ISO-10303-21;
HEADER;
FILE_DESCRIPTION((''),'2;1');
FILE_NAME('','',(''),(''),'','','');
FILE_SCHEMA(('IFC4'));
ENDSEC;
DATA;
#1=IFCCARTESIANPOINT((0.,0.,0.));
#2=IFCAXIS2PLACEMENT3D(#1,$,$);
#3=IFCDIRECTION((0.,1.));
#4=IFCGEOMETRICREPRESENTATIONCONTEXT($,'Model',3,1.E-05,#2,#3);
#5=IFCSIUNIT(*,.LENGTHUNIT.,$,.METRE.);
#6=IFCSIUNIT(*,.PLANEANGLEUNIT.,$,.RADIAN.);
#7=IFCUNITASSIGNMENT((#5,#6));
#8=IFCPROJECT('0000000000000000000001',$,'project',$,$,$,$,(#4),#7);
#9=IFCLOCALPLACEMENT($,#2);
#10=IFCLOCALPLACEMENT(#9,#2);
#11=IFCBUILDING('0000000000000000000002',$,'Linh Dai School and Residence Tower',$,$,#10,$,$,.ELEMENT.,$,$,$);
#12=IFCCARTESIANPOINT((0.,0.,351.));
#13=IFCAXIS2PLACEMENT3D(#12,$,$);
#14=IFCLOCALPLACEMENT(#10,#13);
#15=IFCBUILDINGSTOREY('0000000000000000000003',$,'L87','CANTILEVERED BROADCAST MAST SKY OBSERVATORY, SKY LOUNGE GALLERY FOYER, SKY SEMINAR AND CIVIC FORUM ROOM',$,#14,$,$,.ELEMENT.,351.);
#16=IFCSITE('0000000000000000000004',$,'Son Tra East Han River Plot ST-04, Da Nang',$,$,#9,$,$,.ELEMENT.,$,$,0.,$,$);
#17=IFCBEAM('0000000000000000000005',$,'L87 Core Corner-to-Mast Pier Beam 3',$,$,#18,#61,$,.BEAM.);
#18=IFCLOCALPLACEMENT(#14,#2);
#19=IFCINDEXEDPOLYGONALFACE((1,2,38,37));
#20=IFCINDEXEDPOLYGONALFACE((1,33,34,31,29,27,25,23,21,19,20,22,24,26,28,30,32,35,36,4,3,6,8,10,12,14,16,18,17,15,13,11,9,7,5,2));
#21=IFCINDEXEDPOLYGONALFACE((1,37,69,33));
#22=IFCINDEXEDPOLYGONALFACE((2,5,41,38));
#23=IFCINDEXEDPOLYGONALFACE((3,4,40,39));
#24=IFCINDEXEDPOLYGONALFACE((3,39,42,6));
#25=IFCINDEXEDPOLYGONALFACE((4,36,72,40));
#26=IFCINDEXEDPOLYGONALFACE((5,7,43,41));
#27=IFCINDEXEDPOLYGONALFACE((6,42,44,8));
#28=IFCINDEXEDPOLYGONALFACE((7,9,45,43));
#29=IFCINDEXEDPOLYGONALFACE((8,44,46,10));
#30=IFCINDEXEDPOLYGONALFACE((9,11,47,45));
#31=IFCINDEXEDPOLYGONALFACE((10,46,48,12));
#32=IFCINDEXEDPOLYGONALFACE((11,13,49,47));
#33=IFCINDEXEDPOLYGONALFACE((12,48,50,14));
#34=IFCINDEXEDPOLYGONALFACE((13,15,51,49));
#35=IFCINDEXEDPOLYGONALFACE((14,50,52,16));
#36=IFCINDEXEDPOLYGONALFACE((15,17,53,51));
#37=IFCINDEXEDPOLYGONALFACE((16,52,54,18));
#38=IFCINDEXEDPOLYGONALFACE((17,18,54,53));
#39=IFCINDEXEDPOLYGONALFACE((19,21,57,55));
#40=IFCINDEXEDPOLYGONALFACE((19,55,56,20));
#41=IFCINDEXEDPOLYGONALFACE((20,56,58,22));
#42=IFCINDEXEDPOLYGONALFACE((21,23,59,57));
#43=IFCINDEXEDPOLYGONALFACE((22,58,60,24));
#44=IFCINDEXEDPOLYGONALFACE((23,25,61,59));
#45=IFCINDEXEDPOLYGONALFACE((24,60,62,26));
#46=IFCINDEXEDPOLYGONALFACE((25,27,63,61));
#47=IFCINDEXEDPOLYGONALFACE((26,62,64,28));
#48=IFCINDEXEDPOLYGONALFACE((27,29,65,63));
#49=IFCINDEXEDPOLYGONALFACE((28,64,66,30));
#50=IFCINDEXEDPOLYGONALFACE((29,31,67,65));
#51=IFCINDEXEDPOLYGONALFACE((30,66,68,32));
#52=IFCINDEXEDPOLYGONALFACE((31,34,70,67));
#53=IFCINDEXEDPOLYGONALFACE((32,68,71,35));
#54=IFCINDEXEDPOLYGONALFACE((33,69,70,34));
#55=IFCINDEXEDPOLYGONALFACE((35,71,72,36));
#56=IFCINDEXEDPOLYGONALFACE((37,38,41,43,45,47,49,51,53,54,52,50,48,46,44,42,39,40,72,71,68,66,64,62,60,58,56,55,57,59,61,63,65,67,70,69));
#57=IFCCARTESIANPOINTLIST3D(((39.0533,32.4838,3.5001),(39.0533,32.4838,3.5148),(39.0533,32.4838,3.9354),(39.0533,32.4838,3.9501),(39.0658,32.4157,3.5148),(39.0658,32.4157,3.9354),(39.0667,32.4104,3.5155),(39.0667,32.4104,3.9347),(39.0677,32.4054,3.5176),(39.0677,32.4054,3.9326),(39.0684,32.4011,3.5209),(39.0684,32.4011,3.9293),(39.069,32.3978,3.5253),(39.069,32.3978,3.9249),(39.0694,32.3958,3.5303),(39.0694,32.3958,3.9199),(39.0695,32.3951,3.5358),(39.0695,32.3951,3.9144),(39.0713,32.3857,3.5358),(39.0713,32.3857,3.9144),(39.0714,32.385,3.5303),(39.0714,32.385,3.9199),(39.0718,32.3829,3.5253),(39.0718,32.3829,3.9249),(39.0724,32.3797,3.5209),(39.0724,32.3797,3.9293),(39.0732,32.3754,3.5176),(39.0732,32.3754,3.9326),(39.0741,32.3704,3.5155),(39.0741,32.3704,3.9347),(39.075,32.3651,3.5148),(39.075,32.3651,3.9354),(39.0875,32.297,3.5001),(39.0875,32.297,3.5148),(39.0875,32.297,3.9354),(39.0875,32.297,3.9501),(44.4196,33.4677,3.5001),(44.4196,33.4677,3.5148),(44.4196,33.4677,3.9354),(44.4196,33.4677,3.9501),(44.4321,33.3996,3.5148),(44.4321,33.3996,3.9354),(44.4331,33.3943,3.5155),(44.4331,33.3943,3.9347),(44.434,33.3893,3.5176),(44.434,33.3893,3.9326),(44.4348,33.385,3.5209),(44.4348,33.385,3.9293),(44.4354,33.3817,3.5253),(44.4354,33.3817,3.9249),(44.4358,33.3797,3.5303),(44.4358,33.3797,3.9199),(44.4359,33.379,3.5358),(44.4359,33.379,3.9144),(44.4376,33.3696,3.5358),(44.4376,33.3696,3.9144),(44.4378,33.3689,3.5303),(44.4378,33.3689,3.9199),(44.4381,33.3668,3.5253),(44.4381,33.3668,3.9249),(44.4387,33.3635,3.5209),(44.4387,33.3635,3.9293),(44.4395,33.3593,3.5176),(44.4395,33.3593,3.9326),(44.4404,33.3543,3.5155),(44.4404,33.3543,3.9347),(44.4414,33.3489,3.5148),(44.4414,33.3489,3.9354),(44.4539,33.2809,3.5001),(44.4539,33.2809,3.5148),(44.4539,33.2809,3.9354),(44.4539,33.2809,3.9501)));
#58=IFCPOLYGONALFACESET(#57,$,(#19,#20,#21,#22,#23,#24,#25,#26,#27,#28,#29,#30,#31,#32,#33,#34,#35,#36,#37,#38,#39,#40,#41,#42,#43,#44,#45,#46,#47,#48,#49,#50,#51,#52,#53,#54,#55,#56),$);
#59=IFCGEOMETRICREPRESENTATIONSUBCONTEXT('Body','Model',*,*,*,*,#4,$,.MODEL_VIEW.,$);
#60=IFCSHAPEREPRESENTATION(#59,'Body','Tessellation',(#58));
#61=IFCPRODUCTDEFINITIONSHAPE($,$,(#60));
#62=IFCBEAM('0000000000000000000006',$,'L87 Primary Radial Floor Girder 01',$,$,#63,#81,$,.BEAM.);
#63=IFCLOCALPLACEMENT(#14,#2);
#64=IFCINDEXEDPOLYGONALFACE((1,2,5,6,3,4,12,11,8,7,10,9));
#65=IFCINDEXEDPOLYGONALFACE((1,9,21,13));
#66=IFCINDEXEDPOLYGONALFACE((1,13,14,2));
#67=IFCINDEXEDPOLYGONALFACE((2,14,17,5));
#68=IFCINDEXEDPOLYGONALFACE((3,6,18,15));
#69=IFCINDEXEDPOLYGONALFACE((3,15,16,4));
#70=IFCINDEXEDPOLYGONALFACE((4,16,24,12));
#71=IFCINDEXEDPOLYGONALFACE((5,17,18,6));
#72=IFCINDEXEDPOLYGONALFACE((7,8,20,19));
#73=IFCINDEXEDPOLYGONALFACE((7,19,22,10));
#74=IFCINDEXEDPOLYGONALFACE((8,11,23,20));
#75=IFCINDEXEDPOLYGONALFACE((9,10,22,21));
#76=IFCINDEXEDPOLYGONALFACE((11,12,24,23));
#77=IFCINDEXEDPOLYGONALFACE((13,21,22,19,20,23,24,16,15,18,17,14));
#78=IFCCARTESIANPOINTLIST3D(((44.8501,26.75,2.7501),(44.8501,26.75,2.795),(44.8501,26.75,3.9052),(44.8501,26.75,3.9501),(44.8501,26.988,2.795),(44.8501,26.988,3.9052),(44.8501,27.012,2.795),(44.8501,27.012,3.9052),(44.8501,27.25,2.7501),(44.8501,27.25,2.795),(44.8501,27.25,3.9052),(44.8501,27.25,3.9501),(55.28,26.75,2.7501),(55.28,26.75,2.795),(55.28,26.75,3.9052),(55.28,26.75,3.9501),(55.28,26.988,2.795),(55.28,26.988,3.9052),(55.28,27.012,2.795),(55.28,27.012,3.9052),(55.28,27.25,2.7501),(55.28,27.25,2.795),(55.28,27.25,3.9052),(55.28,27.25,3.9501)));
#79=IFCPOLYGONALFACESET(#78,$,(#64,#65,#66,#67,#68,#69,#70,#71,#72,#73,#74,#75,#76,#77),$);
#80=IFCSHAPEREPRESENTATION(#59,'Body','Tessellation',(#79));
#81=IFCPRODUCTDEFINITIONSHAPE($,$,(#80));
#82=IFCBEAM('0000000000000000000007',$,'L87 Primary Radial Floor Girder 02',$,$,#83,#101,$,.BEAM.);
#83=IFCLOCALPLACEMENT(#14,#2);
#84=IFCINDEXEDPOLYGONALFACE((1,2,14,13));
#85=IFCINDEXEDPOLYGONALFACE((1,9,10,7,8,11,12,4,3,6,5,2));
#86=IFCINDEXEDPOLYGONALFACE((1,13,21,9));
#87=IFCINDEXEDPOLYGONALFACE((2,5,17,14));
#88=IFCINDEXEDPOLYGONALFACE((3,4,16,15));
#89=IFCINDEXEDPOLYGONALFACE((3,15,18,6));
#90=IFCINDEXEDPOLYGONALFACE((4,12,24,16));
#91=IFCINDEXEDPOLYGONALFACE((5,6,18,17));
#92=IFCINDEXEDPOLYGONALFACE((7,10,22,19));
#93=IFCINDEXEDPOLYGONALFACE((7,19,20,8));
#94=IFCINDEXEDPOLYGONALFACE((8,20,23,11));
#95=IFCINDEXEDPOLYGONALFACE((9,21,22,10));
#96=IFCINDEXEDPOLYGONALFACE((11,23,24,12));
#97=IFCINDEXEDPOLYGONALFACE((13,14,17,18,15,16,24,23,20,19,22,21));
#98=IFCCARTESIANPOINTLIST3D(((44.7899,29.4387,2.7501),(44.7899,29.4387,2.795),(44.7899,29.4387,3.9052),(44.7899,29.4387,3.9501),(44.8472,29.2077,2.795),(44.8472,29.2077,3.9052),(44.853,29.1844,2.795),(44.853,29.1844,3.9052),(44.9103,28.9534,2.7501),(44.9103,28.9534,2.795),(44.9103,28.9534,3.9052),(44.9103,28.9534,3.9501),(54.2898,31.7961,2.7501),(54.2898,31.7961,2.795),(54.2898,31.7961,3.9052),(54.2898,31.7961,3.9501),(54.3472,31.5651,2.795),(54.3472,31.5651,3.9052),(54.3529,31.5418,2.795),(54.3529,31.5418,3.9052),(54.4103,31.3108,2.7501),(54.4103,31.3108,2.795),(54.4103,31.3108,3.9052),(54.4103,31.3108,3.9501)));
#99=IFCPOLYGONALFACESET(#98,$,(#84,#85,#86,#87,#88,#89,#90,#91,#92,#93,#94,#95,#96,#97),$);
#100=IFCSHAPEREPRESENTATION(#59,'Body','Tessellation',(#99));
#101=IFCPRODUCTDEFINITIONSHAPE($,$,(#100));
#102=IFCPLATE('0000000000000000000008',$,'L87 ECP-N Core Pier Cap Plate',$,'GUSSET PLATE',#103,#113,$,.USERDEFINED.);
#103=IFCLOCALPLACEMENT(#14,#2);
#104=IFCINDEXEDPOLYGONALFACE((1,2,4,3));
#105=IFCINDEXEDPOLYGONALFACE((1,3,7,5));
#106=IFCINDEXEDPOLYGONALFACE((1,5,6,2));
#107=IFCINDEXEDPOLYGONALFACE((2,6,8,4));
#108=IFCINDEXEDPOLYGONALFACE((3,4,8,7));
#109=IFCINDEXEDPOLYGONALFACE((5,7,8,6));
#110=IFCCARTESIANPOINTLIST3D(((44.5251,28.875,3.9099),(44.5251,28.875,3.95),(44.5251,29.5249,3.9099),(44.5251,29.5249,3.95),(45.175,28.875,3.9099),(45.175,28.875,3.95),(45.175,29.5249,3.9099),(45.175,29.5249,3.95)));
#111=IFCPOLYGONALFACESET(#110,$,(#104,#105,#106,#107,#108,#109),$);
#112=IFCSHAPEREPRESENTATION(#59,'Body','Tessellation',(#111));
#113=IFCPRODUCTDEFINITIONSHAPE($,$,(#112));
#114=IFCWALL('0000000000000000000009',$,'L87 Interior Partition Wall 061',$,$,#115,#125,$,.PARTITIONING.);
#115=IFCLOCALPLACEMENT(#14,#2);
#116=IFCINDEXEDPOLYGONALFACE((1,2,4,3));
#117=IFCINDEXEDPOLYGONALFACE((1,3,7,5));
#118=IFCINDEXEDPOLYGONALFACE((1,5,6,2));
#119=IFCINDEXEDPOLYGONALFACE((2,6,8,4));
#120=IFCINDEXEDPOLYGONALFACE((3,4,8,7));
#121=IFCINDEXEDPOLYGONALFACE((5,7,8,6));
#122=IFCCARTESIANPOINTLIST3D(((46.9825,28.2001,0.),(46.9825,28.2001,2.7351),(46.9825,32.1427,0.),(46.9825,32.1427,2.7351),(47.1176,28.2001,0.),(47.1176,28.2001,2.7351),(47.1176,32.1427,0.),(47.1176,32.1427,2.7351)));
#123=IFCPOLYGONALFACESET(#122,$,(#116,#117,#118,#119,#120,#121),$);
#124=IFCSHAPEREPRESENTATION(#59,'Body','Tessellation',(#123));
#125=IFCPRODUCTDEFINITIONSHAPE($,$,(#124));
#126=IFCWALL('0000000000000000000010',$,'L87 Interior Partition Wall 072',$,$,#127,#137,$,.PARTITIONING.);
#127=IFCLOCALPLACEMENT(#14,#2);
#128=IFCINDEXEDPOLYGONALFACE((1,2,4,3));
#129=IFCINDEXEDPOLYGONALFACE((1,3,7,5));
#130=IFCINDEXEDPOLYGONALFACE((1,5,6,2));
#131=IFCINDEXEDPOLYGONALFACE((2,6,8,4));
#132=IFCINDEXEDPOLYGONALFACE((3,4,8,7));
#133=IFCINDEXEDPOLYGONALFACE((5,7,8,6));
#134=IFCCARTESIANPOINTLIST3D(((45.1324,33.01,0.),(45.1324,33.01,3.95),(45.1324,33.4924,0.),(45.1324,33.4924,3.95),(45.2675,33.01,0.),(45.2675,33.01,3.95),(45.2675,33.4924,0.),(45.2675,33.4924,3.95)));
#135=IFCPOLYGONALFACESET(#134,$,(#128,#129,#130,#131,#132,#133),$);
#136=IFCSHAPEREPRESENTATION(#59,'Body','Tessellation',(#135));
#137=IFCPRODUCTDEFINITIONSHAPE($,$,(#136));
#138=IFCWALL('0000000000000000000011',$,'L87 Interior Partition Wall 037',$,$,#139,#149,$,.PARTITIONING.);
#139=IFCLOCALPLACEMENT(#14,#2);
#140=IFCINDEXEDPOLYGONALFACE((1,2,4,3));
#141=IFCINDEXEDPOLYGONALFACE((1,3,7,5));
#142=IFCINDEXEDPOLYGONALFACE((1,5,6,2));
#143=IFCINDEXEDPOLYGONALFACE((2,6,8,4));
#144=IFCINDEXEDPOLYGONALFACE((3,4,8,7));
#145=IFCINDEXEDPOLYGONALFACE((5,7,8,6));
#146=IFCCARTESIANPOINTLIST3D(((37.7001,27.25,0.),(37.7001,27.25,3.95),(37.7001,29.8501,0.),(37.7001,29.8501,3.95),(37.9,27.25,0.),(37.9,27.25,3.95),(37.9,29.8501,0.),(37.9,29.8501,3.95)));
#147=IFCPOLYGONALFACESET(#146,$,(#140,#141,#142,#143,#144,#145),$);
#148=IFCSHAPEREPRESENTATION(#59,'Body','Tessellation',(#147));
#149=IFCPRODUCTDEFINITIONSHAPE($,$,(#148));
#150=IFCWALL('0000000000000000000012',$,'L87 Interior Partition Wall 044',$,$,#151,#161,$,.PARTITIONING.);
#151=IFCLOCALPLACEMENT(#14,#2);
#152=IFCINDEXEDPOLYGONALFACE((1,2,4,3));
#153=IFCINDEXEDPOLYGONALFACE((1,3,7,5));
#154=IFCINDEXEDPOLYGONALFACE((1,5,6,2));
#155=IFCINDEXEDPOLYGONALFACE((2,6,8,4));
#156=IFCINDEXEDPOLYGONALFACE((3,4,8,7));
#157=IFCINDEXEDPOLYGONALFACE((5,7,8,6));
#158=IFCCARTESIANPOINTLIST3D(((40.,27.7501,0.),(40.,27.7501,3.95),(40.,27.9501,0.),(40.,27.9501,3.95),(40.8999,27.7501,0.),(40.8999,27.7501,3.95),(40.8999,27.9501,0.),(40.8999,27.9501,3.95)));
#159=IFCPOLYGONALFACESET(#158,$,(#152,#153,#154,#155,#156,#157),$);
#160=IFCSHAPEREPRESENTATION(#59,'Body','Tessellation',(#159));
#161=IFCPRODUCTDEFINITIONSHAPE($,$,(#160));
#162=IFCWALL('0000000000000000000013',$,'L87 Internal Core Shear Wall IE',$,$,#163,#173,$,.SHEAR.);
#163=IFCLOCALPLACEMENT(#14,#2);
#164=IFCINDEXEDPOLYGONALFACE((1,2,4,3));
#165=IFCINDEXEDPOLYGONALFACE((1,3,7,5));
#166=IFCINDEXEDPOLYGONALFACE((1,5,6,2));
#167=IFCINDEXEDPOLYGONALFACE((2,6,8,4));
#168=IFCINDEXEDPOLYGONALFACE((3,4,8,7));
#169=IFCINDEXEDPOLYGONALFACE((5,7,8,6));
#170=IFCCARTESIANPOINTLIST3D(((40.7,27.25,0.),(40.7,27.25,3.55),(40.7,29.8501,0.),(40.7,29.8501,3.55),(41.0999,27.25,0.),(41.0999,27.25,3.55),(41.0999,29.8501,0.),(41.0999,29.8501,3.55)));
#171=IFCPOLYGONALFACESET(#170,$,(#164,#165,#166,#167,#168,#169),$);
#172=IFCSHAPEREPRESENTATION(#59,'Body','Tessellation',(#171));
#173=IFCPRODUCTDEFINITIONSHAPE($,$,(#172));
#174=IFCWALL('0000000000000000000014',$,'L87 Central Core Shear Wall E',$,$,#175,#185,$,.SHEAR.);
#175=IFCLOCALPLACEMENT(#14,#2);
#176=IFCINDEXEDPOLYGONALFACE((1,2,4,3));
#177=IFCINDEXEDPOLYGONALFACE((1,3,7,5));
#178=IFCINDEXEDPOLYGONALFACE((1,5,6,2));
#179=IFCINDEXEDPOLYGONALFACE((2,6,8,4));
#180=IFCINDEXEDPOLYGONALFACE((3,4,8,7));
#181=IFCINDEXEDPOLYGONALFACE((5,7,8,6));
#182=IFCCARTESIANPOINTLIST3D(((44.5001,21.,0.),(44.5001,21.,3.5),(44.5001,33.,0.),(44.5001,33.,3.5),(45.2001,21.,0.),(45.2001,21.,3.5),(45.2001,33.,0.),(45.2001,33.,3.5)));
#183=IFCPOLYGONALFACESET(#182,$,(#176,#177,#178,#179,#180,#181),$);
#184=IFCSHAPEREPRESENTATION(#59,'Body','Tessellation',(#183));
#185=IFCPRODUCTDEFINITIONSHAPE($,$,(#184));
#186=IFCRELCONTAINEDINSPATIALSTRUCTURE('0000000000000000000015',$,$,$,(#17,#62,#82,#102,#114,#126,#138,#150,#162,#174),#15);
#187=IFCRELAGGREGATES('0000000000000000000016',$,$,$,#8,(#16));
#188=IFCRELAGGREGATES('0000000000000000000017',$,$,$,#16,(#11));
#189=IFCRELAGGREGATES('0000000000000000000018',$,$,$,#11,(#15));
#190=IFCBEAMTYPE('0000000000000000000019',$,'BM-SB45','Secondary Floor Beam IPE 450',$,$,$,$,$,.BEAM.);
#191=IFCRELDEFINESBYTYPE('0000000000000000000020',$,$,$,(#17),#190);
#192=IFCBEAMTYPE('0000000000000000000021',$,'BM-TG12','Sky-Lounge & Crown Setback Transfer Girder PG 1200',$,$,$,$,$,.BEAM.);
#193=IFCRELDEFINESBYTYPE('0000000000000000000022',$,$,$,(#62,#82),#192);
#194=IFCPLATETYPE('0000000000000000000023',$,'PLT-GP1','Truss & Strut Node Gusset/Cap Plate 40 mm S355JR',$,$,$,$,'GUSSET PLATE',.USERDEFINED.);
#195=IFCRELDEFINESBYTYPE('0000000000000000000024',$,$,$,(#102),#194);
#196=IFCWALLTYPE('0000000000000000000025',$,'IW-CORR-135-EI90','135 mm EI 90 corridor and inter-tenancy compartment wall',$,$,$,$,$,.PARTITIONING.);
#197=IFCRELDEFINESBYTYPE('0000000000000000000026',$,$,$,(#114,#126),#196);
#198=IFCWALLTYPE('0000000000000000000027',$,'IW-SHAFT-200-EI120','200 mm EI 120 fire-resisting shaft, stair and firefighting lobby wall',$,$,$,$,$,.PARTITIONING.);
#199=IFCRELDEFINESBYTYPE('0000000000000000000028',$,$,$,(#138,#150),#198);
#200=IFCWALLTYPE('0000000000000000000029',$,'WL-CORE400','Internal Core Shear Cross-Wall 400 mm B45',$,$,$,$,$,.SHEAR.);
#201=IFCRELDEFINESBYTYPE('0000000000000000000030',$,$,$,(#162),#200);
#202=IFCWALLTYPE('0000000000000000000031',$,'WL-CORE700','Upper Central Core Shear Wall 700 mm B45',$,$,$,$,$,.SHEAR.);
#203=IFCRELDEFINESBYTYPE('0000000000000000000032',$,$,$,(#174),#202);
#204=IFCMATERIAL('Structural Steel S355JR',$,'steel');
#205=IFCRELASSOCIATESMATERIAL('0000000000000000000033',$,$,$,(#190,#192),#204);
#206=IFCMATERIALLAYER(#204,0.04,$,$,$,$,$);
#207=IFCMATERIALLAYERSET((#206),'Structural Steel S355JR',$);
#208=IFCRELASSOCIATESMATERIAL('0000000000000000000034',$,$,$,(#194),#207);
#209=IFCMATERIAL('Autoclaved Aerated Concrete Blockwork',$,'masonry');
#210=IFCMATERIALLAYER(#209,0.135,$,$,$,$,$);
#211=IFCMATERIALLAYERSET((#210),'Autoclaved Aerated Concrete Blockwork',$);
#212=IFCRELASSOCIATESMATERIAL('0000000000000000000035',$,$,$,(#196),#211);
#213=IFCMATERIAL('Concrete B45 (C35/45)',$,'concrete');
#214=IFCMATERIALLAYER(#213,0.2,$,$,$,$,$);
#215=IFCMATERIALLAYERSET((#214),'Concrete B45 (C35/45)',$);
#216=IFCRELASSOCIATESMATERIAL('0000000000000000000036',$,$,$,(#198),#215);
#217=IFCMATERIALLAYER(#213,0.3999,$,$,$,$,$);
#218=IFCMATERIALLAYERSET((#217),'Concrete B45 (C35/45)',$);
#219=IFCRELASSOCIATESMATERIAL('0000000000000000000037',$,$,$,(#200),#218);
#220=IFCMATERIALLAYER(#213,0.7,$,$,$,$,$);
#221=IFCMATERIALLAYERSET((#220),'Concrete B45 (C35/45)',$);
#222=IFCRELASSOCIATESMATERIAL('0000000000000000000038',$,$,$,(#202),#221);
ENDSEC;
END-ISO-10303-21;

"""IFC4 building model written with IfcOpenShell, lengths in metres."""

from ifc_helpers import new_model, si_unit, direction, frame, frame_2d, origin, origin_2d, place, context, subcontext, project, spatial, rectangle, i_section, extrude, source, transform, mapped, material, layer, layer_set, material_profile, profile_set, type_object, element, save


model = new_model("IFC4")

# Units and contexts
model_context = context("Model", 3, precision=1e-05, world=origin(), true_north=direction((0.0, 1.0)))
body_context = subcontext(model_context, "Body", "Model", "MODEL_VIEW")
ifc_project = project(units=[si_unit("LENGTHUNIT", "METRE"), si_unit("PLANEANGLEUNIT", "RADIAN")], contexts=[model_context])

# Site, building, storey
site_placement = place(None, origin())
site = spatial("IfcSite", under=ifc_project, at=site_placement, Name="Son Tra East Han River Plot ST-04, Da Nang", CompositionType="ELEMENT", RefElevation=0.0)
building_placement = place(site_placement, origin())
building = spatial("IfcBuilding", under=site, at=building_placement, Name="Linh Dai School and Residence Tower", CompositionType="ELEMENT")
storey_placement = place(building_placement, frame((0.0, 0.0, 351.0)))
storey = spatial("IfcBuildingStorey", under=building, at=storey_placement, Name="L87", Description="CANTILEVERED BROADCAST MAST SKY OBSERVATORY, SKY LOUNGE GALLERY FOYER, SKY SEMINAR AND CIVIC FORUM ROOM", CompositionType="ELEMENT", Elevation=351.0)

# Shared definitions
ifc_material_1 = material(Name="Structural Steel S355JR", Category="steel")

# Beams
ifc_material_profile_1 = material_profile(ifc_material_1, i_section(OverallWidth=0.1899, OverallDepth=0.45, WebThickness=0.0095, FlangeThickness=0.0146, FilletRadius=0.021, at=origin_2d()), Name="IPE 450")
ifc_profile_set_1 = profile_set([ifc_material_profile_1], Name="Structural Steel S355JR")
beam_type_1 = type_object("IfcBeamType", Name="BM-SB45", Description="Secondary Floor Beam IPE 450", PredefinedType="BEAM", material=ifc_profile_set_1)
beam_1_placement = place(storey_placement, frame((44.4368, 33.3743, 3.7251), z_axis=(-0.983605, -0.180334, 0.0), x_axis=(0.180334, -0.983605, 0.0)))
element("IfcBeam", 1, at=beam_1_placement, inside=storey, type_object=beam_type_1, Name="L87 Core Corner-to-Mast Pier Beam 3", PredefinedType="BEAM", context=body_context, shape_type="SweptSolid", body=[
    extrude(i_section(OverallWidth=0.1899, OverallDepth=0.45, WebThickness=0.0095, FlangeThickness=0.0146, FilletRadius=0.021, at=origin_2d()), origin(), (0.0, 0.0, 1.0), 5.4558),
])
ifc_material_profile_2 = material_profile(ifc_material_1, i_section(OverallWidth=0.5, OverallDepth=1.2, WebThickness=0.0239, FlangeThickness=0.0449, at=origin_2d()), Name="PG 1200x500x24x45")
ifc_profile_set_2 = profile_set([ifc_material_profile_2], Name="Structural Steel S355JR")
beam_type_2 = type_object("IfcBeamType", Name="BM-TG12", Description="Sky-Lounge & Crown Setback Transfer Girder PG 1200", PredefinedType="BEAM", material=ifc_profile_set_2)
beam_2_placement = place(storey_placement, frame((44.8501, 27.0, 3.3501), z_axis=(1.0, 0.0, 0.0), x_axis=(0.0, 1.0, 0.0)))
element("IfcBeam", 2, at=beam_2_placement, inside=storey, type_object=beam_type_2, Name="L87 Primary Radial Floor Girder 01", PredefinedType="BEAM", context=body_context, shape_type="SweptSolid", body=[
    extrude(i_section(OverallWidth=0.5, OverallDepth=1.2, WebThickness=0.0239, FlangeThickness=0.0449, at=origin_2d()), origin(), (0.0, 0.0, 1.0), 10.4299),
])
beam_3_placement = place(storey_placement, frame((44.8501, 29.196, 3.3501), z_axis=(0.970564, 0.240845, 0.0), x_axis=(-0.240845, 0.970564, 0.0)))
element("IfcBeam", 3, at=beam_3_placement, inside=storey, type_object=beam_type_2, Name="L87 Primary Radial Floor Girder 02", PredefinedType="BEAM", context=body_context, shape_type="SweptSolid", body=[
    extrude(i_section(OverallWidth=0.5, OverallDepth=1.2, WebThickness=0.0239, FlangeThickness=0.0449, at=origin_2d()), origin(), (0.0, 0.0, 1.0), 9.7881),
])

# Plate
ifc_layer_1 = layer(ifc_material_1, 0.04)
ifc_layer_set_1 = layer_set([ifc_layer_1], Name="Structural Steel S355JR")
plate_type = type_object("IfcPlateType", Name="PLT-GP1", Description="Truss & Strut Node Gusset/Cap Plate 40 mm S355JR", ElementType="GUSSET PLATE", PredefinedType="USERDEFINED", material=ifc_layer_set_1)
shared_shape_1 = source(origin(), body_context, "Body", "SweptSolid", [
    extrude(rectangle(XDim=0.6499, YDim=0.6499, at=origin_2d()), origin(), (0.0, 0.0, 1.0), 0.04),
])
plate_placement = place(storey_placement, frame((44.8501, 29.2, 3.9099), z_axis=(0.0, 0.0, 1.0), x_axis=(1.0, 0.0, 0.0)))
element("IfcPlate", 4, at=plate_placement, inside=storey, type_object=plate_type, Name="L87 ECP-N Core Pier Cap Plate", ObjectType="GUSSET PLATE", PredefinedType="USERDEFINED", context=body_context, shape_type="MappedRepresentation", body=[
    mapped(shared_shape_1, transform((0.0, 0.0, 0.0), x_axis=(1.0, 0.0, 0.0), y_axis=(0.0, 1.0, 0.0), z_axis=(0.0, 0.0, 1.0), scale=1.0)),
])

# Walls
ifc_material_2 = material(Name="Autoclaved Aerated Concrete Blockwork", Category="masonry")
ifc_layer_2 = layer(ifc_material_2, 0.135)
ifc_layer_set_2 = layer_set([ifc_layer_2], Name="Autoclaved Aerated Concrete Blockwork")
wall_type_1 = type_object("IfcWallType", Name="IW-CORR-135-EI90", Description="135 mm EI 90 corridor and inter-tenancy compartment wall", PredefinedType="PARTITIONING", material=ifc_layer_set_2)
wall_1_placement = place(storey_placement, frame((47.05, 32.1426, 0.0), z_axis=(0.0, 0.0, 1.0), x_axis=(0.0, -1.0, 0.0)))
element("IfcWall", 5, at=wall_1_placement, inside=storey, type_object=wall_type_1, Name="L87 Interior Partition Wall 061", PredefinedType="PARTITIONING", context=body_context, shape_type="SweptSolid", body=[
    extrude(rectangle(XDim=3.9426, YDim=0.135, at=frame_2d((1.9712, 0.0))), origin(), (0.0, 0.0, 1.0), 2.7351),
])
wall_2_placement = place(storey_placement, frame((45.2, 33.01, 0.0), z_axis=(0.0, 0.0, 1.0), x_axis=(0.0, 1.0, 0.0)))
element("IfcWall", 6, at=wall_2_placement, inside=storey, type_object=wall_type_1, Name="L87 Interior Partition Wall 072", PredefinedType="PARTITIONING", context=body_context, shape_type="SweptSolid", body=[
    extrude(rectangle(XDim=0.4824, YDim=0.135, at=frame_2d((0.2412, 0.0))), origin(), (0.0, 0.0, 1.0), 3.95),
])
ifc_material_3 = material(Name="Concrete B45 (C35/45)", Category="concrete")
ifc_layer_3 = layer(ifc_material_3, 0.2)
ifc_layer_set_3 = layer_set([ifc_layer_3], Name="Concrete B45 (C35/45)")
wall_type_2 = type_object("IfcWallType", Name="IW-SHAFT-200-EI120", Description="200 mm EI 120 fire-resisting shaft, stair and firefighting lobby wall", PredefinedType="PARTITIONING", material=ifc_layer_set_3)
wall_3_placement = place(storey_placement, frame((37.8, 27.25, 0.0), z_axis=(0.0, 0.0, 1.0), x_axis=(0.0, 1.0, 0.0)))
element("IfcWall", 7, at=wall_3_placement, inside=storey, type_object=wall_type_2, Name="L87 Interior Partition Wall 037", PredefinedType="PARTITIONING", context=body_context, shape_type="SweptSolid", body=[
    extrude(rectangle(XDim=2.6001, YDim=0.2, at=frame_2d((1.3, 0.0))), origin(), (0.0, 0.0, 1.0), 3.95),
])
wall_4_placement = place(storey_placement, frame((40.0, 27.8501, 0.0), z_axis=(0.0, 0.0, 1.0), x_axis=(1.0, 0.0, 0.0)))
element("IfcWall", 8, at=wall_4_placement, inside=storey, type_object=wall_type_2, Name="L87 Interior Partition Wall 044", PredefinedType="PARTITIONING", context=body_context, shape_type="SweptSolid", body=[
    extrude(rectangle(XDim=0.8999, YDim=0.2, at=frame_2d((0.45, 0.0))), origin(), (0.0, 0.0, 1.0), 3.95),
])
ifc_layer_4 = layer(ifc_material_3, 0.3999)
ifc_layer_set_4 = layer_set([ifc_layer_4], Name="Concrete B45 (C35/45)")
wall_type_3 = type_object("IfcWallType", Name="WL-CORE400", Description="Internal Core Shear Cross-Wall 400 mm B45", PredefinedType="SHEAR", material=ifc_layer_set_4)
wall_5_placement = place(storey_placement, frame((40.8999, 27.25, 0.0), z_axis=(0.0, 0.0, 1.0), x_axis=(0.0, 1.0, 0.0)))
element("IfcWall", 9, at=wall_5_placement, inside=storey, type_object=wall_type_3, Name="L87 Internal Core Shear Wall IE", PredefinedType="SHEAR", context=body_context, shape_type="SweptSolid", body=[
    extrude(rectangle(XDim=2.6001, YDim=0.3999, at=frame_2d((1.3, 0.0))), origin(), (0.0, 0.0, 1.0), 3.55),
])
ifc_layer_5 = layer(ifc_material_3, 0.7)
ifc_layer_set_5 = layer_set([ifc_layer_5], Name="Concrete B45 (C35/45)")
wall_type_4 = type_object("IfcWallType", Name="WL-CORE700", Description="Upper Central Core Shear Wall 700 mm B45", PredefinedType="SHEAR", material=ifc_layer_set_5)
wall_6_placement = place(storey_placement, frame((44.8501, 33.0, 0.0), z_axis=(0.0, 0.0, 1.0), x_axis=(0.0, -1.0, 0.0)))
element("IfcWall", 10, at=wall_6_placement, inside=storey, type_object=wall_type_4, Name="L87 Central Core Shear Wall E", PredefinedType="SHEAR", context=body_context, shape_type="SweptSolid", body=[
    extrude(rectangle(XDim=12.0, YDim=0.7, at=frame_2d((6.0, 0.0))), origin(), (0.0, 0.0, 1.0), 3.5),
])

save(model, "model.ifc")
